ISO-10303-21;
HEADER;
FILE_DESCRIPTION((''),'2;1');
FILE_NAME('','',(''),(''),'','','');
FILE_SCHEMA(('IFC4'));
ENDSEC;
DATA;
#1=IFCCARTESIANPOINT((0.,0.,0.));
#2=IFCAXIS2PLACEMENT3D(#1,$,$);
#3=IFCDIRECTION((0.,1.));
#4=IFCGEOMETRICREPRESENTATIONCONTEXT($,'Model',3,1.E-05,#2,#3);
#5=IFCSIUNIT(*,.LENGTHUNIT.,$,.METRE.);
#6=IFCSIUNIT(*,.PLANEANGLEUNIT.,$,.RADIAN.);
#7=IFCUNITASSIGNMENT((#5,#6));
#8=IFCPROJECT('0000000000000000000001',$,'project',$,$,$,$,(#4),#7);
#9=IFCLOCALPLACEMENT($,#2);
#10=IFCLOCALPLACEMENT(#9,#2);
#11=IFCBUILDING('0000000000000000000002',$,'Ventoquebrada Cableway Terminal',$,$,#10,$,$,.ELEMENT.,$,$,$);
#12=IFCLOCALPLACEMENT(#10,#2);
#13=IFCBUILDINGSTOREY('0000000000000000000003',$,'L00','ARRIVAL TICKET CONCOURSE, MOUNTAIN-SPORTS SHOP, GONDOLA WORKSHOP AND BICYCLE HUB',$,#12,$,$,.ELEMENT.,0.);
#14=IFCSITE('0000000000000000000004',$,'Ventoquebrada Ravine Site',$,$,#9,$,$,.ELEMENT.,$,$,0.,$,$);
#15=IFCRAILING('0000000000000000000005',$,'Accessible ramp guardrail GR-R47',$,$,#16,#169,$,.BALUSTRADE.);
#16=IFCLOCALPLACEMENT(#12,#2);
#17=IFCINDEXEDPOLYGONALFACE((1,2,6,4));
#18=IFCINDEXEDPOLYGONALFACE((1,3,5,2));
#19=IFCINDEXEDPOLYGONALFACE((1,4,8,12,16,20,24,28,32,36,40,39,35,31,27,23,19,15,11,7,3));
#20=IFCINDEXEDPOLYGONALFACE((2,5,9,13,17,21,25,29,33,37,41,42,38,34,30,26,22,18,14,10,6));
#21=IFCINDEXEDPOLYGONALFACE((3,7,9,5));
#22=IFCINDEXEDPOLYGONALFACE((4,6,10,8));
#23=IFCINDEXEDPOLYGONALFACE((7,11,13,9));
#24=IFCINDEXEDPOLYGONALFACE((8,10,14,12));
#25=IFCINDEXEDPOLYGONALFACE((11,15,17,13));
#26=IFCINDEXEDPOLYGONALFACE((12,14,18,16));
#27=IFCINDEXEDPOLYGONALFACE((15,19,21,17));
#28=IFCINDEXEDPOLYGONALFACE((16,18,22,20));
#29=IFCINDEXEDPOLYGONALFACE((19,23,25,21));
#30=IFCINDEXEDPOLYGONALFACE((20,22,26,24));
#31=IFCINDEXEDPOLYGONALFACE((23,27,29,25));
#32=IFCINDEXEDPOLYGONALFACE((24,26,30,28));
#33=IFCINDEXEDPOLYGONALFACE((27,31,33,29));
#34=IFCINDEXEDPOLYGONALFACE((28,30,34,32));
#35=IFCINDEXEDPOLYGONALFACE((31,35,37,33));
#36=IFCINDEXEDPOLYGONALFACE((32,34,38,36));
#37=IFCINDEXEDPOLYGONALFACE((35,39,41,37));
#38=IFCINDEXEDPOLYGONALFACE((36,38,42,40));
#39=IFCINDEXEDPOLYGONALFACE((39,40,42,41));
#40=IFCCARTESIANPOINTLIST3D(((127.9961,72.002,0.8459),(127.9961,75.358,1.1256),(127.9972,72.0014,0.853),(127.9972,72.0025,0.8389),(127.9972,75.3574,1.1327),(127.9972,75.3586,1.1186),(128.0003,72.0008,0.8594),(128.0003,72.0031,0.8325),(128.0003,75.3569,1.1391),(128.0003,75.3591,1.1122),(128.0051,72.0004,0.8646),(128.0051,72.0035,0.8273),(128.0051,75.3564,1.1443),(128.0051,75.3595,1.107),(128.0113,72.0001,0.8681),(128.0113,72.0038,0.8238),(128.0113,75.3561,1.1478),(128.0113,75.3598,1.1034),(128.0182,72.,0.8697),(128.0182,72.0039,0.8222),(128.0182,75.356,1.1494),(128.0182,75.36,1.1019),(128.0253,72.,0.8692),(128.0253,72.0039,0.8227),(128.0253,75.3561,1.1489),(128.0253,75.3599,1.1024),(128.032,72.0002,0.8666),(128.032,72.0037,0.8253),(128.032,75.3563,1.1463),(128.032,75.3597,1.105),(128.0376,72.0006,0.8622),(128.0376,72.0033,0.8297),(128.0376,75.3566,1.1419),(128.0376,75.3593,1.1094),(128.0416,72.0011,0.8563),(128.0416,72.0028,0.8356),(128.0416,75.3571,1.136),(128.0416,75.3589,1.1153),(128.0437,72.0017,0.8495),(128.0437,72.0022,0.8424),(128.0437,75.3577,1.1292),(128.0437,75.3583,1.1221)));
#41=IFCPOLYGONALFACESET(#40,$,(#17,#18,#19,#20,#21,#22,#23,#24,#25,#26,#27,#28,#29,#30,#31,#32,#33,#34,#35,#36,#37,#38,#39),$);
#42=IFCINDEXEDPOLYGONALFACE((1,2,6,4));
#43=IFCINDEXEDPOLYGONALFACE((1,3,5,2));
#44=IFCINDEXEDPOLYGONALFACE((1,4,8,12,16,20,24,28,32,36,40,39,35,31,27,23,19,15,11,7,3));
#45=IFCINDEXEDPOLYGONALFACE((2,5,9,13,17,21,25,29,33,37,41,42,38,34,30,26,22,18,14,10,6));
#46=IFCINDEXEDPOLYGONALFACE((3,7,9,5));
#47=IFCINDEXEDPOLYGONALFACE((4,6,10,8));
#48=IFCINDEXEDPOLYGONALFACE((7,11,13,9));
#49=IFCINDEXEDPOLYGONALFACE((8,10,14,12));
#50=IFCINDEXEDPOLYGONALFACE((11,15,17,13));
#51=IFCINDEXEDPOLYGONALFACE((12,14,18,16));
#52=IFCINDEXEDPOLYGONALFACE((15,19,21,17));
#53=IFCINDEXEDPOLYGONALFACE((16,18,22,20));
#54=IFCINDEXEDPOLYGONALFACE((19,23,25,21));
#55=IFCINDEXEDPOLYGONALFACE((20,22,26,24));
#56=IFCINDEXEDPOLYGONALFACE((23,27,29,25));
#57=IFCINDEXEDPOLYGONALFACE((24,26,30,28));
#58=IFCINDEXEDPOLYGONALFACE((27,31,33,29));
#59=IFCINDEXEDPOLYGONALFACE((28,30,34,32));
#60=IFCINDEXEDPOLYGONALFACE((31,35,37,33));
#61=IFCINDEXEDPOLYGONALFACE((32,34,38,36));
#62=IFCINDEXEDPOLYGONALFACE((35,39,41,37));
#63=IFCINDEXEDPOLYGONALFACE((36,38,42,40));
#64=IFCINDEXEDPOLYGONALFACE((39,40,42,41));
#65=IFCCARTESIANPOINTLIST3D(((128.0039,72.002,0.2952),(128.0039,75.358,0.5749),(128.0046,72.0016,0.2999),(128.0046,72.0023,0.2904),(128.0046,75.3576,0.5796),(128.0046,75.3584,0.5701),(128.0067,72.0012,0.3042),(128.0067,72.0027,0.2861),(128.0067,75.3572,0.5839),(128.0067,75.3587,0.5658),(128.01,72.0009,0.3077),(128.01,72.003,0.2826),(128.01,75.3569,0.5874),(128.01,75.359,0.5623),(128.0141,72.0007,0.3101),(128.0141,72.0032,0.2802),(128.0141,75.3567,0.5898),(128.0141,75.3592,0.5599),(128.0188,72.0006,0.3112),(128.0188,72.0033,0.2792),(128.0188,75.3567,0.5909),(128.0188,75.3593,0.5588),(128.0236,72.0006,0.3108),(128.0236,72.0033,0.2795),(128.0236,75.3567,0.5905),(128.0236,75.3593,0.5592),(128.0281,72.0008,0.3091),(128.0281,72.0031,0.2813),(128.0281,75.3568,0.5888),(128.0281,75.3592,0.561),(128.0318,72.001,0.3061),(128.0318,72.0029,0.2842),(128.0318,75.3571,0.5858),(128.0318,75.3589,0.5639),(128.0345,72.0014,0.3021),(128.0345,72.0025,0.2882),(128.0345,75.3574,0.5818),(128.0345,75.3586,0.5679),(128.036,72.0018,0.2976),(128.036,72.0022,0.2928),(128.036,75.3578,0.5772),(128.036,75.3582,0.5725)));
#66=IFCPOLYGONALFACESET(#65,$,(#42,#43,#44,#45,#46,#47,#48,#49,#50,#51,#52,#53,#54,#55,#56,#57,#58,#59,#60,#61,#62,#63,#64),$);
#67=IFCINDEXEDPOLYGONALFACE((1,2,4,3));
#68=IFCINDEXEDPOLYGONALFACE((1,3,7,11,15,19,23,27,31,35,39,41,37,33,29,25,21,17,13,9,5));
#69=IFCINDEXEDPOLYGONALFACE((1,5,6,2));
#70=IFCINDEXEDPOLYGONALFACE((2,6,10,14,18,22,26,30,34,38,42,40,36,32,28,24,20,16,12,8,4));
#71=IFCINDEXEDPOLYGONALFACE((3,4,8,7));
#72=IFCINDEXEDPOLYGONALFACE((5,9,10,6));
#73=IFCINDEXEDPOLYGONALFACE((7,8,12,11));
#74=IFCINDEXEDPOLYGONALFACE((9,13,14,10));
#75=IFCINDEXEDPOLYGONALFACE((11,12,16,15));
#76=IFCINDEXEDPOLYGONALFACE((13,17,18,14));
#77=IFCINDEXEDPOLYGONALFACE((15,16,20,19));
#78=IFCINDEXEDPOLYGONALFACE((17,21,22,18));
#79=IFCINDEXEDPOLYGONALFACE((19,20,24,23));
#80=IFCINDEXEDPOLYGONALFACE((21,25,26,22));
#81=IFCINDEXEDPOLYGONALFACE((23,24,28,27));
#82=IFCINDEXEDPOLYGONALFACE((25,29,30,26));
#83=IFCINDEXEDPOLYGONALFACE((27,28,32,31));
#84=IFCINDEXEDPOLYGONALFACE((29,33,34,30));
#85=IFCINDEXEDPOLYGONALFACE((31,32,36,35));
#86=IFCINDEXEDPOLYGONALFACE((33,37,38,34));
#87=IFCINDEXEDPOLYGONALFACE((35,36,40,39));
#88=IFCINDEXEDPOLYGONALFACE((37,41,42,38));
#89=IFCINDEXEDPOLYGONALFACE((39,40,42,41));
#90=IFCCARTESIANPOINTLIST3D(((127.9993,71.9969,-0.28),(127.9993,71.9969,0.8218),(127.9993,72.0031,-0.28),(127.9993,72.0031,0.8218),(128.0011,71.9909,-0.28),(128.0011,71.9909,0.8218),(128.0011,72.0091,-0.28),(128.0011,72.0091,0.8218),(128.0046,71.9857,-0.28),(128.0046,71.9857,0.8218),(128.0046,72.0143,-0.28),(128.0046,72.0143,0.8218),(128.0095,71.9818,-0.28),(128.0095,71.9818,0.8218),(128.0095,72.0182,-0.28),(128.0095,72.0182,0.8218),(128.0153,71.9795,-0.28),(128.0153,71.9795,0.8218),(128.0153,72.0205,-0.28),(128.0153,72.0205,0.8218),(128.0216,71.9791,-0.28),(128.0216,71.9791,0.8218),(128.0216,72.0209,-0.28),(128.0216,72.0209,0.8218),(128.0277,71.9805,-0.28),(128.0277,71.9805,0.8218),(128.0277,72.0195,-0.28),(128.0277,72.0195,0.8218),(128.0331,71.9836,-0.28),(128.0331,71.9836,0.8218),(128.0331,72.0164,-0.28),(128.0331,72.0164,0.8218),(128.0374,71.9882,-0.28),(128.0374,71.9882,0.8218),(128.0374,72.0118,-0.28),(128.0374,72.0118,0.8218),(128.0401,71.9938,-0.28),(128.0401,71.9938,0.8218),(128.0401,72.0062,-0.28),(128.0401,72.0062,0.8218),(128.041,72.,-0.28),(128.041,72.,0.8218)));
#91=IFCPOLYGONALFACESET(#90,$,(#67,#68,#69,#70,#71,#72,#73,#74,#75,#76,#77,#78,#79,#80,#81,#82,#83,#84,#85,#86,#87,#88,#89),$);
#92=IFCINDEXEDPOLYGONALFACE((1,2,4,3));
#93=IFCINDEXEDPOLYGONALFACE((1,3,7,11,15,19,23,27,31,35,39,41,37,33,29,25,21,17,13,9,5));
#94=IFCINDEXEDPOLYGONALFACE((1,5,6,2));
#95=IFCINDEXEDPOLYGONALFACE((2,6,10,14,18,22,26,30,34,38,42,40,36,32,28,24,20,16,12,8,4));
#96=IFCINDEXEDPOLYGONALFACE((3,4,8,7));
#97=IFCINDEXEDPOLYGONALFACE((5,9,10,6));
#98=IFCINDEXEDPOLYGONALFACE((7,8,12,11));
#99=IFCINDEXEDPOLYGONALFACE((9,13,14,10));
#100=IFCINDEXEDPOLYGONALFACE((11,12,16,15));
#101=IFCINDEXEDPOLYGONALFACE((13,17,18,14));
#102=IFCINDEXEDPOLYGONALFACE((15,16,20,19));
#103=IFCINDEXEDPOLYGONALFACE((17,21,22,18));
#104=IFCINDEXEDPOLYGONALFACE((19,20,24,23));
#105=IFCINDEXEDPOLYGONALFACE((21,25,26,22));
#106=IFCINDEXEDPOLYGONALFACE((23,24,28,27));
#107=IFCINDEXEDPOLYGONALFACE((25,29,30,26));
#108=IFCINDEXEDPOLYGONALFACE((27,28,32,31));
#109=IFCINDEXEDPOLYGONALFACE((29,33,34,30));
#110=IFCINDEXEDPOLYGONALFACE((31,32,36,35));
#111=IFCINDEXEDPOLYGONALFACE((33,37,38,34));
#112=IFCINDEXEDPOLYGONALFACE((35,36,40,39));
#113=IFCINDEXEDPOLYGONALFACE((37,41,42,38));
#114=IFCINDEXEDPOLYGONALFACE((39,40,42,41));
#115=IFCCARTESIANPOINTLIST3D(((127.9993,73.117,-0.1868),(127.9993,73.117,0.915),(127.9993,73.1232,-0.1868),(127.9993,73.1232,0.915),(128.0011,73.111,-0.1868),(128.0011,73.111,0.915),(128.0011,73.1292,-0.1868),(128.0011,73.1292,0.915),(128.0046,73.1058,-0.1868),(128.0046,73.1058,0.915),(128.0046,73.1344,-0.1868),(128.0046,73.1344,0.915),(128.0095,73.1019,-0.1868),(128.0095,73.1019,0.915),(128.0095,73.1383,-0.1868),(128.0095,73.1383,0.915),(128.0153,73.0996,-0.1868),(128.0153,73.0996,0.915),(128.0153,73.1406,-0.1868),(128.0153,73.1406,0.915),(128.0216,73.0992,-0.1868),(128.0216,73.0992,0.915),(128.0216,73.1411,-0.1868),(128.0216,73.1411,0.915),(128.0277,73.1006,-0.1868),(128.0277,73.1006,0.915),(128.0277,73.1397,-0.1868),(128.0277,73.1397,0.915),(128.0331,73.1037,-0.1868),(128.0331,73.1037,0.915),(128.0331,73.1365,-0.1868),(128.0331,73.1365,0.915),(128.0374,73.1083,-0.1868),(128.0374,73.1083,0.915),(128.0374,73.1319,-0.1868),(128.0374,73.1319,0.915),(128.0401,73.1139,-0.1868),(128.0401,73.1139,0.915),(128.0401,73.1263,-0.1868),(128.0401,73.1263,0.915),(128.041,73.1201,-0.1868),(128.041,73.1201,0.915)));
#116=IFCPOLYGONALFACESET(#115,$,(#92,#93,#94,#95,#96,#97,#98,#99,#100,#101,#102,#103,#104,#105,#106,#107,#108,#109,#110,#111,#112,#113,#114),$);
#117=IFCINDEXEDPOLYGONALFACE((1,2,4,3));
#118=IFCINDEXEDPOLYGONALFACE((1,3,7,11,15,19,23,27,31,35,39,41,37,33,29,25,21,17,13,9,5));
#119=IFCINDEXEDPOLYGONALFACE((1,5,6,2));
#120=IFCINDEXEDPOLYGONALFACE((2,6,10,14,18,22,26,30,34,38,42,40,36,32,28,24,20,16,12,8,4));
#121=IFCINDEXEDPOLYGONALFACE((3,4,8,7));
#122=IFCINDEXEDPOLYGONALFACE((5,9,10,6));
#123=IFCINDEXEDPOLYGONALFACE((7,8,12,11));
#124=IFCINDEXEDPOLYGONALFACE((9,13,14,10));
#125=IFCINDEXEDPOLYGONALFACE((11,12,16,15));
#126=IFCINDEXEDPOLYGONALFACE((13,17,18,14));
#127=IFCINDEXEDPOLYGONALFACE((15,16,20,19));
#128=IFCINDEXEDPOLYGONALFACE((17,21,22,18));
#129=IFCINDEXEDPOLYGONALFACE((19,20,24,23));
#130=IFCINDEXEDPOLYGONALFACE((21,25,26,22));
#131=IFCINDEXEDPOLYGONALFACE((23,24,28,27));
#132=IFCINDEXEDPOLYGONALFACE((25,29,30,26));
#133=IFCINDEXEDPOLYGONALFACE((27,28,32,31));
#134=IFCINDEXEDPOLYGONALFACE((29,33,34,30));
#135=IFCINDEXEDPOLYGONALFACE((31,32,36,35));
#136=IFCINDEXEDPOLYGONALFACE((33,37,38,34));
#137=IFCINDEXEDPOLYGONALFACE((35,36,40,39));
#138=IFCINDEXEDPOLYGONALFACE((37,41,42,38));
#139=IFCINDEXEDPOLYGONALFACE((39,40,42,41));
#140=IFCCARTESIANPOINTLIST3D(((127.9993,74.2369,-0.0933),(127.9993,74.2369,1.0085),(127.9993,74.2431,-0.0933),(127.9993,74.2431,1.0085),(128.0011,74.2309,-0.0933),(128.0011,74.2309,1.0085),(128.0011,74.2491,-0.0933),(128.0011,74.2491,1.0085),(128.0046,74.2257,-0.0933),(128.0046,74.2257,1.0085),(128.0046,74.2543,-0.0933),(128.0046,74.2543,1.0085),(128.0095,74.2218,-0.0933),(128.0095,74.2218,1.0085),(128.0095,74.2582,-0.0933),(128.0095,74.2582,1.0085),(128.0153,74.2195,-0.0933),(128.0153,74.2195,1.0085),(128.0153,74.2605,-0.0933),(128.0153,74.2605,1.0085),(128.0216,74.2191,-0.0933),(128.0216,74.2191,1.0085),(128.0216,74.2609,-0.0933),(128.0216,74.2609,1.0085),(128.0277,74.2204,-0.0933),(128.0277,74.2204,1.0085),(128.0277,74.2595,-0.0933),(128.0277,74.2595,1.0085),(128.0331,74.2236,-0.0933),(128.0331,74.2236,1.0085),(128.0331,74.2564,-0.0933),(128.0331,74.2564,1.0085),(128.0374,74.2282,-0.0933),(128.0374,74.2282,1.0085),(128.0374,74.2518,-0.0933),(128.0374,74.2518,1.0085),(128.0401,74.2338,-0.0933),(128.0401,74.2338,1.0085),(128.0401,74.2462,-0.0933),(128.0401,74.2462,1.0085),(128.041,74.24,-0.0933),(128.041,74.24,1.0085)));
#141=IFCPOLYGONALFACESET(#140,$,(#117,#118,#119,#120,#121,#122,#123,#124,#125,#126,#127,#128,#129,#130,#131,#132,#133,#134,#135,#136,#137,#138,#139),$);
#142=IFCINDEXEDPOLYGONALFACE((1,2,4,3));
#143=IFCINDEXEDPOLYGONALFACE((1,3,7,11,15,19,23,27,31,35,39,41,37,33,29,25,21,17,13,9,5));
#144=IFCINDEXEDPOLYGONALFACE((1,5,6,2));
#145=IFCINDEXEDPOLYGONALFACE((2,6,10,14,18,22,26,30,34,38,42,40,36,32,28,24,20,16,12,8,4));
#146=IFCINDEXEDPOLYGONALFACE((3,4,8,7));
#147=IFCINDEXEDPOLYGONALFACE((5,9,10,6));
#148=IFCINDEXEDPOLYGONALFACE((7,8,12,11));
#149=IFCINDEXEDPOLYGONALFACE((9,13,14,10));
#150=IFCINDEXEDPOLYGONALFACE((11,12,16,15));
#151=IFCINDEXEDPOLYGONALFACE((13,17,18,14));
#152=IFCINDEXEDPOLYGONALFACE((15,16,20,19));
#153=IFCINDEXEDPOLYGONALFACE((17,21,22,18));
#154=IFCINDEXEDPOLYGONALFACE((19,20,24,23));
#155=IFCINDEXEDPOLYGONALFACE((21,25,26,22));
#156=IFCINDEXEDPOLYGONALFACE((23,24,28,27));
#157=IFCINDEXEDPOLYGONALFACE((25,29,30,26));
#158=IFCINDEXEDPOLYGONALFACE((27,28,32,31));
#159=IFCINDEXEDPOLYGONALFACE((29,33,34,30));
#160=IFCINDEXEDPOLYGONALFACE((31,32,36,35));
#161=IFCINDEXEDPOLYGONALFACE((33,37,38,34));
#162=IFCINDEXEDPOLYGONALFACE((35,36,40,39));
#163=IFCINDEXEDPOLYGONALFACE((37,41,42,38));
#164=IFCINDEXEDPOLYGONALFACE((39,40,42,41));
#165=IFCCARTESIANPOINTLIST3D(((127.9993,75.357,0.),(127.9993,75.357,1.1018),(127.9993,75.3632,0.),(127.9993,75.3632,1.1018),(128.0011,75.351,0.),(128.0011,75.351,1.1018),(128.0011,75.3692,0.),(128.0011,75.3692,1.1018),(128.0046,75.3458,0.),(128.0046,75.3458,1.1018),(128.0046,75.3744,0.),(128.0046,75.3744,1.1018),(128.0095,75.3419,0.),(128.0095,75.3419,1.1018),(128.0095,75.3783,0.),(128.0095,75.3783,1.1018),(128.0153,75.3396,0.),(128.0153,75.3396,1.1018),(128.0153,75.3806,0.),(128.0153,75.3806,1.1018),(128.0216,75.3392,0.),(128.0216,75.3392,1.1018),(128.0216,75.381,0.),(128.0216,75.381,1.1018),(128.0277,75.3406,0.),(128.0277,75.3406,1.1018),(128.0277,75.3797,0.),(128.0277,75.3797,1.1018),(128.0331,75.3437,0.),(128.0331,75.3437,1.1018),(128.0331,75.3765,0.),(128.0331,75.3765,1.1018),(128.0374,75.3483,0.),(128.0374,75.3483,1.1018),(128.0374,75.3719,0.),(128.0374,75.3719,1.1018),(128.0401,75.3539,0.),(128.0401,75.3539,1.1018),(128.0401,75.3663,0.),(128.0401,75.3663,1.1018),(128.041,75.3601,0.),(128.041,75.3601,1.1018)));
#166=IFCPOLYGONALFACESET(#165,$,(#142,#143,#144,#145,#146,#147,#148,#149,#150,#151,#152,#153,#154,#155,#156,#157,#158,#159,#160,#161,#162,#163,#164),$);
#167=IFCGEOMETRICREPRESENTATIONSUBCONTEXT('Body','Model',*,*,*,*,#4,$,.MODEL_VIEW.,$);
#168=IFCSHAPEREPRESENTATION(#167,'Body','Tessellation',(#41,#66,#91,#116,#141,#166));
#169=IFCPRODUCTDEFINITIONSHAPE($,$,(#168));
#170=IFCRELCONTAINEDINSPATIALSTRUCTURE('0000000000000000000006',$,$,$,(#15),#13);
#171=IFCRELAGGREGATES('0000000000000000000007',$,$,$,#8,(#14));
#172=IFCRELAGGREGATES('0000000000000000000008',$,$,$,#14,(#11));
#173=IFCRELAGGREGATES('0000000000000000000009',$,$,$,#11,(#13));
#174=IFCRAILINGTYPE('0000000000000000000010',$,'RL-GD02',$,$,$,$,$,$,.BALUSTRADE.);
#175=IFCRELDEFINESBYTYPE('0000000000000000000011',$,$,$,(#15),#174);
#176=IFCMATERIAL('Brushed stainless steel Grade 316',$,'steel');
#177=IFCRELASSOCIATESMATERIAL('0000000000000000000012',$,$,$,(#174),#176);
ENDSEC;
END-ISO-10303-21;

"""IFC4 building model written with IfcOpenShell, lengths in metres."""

from ifc_helpers import new_model, si_unit, direction, frame, origin, origin_2d, place, context, subcontext, project, spatial, circle, extrude, material, type_object, element, save


model = new_model("IFC4")

# Units and contexts
model_context = context("Model", 3, precision=1e-05, world=origin(), true_north=direction((0.0, 1.0)))
body_context = subcontext(model_context, "Body", "Model", "MODEL_VIEW")
ifc_project = project(units=[si_unit("LENGTHUNIT", "METRE"), si_unit("PLANEANGLEUNIT", "RADIAN")], contexts=[model_context])

# Site, building, storey
site_placement = place(None, origin())
site = spatial("IfcSite", under=ifc_project, at=site_placement, Name="Ventoquebrada Ravine Site", CompositionType="ELEMENT", RefElevation=0.0)
building_placement = place(site_placement, origin())
building = spatial("IfcBuilding", under=site, at=building_placement, Name="Ventoquebrada Cableway Terminal", CompositionType="ELEMENT")
storey_placement = place(building_placement, origin())
storey = spatial("IfcBuildingStorey", under=building, at=storey_placement, Name="L00", Description="ARRIVAL TICKET CONCOURSE, MOUNTAIN-SPORTS SHOP, GONDOLA WORKSHOP AND BICYCLE HUB", CompositionType="ELEMENT", Elevation=0.0)

# Railing
ifc_material_1 = material(Name="Brushed stainless steel Grade 316", Category="steel")
railing_type = type_object("IfcRailingType", Name="RL-GD02", PredefinedType="BALUSTRADE", material=ifc_material_1)
for number, where, name in (
    (1, (128.02, 72.0, -0.28), "Accessible ramp guardrail GR-R47"),
):
    element("IfcRailing", number, at=place(storey_placement, frame(where)), inside=storey, type_object=railing_type, Name=name, PredefinedType="BALUSTRADE", context=body_context, shape_type="SweptSolid", body=[
        extrude(circle(Radius=0.0239, at=origin_2d()), frame((0.0, 0.002, 1.126), z_axis=(0.0, 0.996545, 0.083051), x_axis=(-1.0, 0.0, 0.0)), (0.0, 0.0, 1.0), 3.3677),
        extrude(circle(Radius=0.0161, at=origin_2d()), frame((0.0, 0.002, 0.5752), z_axis=(0.0, 0.996545, 0.083051), x_axis=(-1.0, 0.0, 0.0)), (0.0, 0.0, 1.0), 3.3677),
        extrude(circle(Radius=0.021, at=origin_2d()), origin(), (0.0, 0.0, 1.0), 1.1018),
        extrude(circle(Radius=0.021, at=origin_2d()), frame((0.0, 1.1201, 0.0933)), (0.0, 0.0, 1.0), 1.1018),
        extrude(circle(Radius=0.021, at=origin_2d()), frame((0.0, 2.24, 0.1868)), (0.0, 0.0, 1.0), 1.1018),
        extrude(circle(Radius=0.021, at=origin_2d()), frame((0.0, 3.3601, 0.28)), (0.0, 0.0, 1.0), 1.1018),
    ])

save(model, "model.ifc")
